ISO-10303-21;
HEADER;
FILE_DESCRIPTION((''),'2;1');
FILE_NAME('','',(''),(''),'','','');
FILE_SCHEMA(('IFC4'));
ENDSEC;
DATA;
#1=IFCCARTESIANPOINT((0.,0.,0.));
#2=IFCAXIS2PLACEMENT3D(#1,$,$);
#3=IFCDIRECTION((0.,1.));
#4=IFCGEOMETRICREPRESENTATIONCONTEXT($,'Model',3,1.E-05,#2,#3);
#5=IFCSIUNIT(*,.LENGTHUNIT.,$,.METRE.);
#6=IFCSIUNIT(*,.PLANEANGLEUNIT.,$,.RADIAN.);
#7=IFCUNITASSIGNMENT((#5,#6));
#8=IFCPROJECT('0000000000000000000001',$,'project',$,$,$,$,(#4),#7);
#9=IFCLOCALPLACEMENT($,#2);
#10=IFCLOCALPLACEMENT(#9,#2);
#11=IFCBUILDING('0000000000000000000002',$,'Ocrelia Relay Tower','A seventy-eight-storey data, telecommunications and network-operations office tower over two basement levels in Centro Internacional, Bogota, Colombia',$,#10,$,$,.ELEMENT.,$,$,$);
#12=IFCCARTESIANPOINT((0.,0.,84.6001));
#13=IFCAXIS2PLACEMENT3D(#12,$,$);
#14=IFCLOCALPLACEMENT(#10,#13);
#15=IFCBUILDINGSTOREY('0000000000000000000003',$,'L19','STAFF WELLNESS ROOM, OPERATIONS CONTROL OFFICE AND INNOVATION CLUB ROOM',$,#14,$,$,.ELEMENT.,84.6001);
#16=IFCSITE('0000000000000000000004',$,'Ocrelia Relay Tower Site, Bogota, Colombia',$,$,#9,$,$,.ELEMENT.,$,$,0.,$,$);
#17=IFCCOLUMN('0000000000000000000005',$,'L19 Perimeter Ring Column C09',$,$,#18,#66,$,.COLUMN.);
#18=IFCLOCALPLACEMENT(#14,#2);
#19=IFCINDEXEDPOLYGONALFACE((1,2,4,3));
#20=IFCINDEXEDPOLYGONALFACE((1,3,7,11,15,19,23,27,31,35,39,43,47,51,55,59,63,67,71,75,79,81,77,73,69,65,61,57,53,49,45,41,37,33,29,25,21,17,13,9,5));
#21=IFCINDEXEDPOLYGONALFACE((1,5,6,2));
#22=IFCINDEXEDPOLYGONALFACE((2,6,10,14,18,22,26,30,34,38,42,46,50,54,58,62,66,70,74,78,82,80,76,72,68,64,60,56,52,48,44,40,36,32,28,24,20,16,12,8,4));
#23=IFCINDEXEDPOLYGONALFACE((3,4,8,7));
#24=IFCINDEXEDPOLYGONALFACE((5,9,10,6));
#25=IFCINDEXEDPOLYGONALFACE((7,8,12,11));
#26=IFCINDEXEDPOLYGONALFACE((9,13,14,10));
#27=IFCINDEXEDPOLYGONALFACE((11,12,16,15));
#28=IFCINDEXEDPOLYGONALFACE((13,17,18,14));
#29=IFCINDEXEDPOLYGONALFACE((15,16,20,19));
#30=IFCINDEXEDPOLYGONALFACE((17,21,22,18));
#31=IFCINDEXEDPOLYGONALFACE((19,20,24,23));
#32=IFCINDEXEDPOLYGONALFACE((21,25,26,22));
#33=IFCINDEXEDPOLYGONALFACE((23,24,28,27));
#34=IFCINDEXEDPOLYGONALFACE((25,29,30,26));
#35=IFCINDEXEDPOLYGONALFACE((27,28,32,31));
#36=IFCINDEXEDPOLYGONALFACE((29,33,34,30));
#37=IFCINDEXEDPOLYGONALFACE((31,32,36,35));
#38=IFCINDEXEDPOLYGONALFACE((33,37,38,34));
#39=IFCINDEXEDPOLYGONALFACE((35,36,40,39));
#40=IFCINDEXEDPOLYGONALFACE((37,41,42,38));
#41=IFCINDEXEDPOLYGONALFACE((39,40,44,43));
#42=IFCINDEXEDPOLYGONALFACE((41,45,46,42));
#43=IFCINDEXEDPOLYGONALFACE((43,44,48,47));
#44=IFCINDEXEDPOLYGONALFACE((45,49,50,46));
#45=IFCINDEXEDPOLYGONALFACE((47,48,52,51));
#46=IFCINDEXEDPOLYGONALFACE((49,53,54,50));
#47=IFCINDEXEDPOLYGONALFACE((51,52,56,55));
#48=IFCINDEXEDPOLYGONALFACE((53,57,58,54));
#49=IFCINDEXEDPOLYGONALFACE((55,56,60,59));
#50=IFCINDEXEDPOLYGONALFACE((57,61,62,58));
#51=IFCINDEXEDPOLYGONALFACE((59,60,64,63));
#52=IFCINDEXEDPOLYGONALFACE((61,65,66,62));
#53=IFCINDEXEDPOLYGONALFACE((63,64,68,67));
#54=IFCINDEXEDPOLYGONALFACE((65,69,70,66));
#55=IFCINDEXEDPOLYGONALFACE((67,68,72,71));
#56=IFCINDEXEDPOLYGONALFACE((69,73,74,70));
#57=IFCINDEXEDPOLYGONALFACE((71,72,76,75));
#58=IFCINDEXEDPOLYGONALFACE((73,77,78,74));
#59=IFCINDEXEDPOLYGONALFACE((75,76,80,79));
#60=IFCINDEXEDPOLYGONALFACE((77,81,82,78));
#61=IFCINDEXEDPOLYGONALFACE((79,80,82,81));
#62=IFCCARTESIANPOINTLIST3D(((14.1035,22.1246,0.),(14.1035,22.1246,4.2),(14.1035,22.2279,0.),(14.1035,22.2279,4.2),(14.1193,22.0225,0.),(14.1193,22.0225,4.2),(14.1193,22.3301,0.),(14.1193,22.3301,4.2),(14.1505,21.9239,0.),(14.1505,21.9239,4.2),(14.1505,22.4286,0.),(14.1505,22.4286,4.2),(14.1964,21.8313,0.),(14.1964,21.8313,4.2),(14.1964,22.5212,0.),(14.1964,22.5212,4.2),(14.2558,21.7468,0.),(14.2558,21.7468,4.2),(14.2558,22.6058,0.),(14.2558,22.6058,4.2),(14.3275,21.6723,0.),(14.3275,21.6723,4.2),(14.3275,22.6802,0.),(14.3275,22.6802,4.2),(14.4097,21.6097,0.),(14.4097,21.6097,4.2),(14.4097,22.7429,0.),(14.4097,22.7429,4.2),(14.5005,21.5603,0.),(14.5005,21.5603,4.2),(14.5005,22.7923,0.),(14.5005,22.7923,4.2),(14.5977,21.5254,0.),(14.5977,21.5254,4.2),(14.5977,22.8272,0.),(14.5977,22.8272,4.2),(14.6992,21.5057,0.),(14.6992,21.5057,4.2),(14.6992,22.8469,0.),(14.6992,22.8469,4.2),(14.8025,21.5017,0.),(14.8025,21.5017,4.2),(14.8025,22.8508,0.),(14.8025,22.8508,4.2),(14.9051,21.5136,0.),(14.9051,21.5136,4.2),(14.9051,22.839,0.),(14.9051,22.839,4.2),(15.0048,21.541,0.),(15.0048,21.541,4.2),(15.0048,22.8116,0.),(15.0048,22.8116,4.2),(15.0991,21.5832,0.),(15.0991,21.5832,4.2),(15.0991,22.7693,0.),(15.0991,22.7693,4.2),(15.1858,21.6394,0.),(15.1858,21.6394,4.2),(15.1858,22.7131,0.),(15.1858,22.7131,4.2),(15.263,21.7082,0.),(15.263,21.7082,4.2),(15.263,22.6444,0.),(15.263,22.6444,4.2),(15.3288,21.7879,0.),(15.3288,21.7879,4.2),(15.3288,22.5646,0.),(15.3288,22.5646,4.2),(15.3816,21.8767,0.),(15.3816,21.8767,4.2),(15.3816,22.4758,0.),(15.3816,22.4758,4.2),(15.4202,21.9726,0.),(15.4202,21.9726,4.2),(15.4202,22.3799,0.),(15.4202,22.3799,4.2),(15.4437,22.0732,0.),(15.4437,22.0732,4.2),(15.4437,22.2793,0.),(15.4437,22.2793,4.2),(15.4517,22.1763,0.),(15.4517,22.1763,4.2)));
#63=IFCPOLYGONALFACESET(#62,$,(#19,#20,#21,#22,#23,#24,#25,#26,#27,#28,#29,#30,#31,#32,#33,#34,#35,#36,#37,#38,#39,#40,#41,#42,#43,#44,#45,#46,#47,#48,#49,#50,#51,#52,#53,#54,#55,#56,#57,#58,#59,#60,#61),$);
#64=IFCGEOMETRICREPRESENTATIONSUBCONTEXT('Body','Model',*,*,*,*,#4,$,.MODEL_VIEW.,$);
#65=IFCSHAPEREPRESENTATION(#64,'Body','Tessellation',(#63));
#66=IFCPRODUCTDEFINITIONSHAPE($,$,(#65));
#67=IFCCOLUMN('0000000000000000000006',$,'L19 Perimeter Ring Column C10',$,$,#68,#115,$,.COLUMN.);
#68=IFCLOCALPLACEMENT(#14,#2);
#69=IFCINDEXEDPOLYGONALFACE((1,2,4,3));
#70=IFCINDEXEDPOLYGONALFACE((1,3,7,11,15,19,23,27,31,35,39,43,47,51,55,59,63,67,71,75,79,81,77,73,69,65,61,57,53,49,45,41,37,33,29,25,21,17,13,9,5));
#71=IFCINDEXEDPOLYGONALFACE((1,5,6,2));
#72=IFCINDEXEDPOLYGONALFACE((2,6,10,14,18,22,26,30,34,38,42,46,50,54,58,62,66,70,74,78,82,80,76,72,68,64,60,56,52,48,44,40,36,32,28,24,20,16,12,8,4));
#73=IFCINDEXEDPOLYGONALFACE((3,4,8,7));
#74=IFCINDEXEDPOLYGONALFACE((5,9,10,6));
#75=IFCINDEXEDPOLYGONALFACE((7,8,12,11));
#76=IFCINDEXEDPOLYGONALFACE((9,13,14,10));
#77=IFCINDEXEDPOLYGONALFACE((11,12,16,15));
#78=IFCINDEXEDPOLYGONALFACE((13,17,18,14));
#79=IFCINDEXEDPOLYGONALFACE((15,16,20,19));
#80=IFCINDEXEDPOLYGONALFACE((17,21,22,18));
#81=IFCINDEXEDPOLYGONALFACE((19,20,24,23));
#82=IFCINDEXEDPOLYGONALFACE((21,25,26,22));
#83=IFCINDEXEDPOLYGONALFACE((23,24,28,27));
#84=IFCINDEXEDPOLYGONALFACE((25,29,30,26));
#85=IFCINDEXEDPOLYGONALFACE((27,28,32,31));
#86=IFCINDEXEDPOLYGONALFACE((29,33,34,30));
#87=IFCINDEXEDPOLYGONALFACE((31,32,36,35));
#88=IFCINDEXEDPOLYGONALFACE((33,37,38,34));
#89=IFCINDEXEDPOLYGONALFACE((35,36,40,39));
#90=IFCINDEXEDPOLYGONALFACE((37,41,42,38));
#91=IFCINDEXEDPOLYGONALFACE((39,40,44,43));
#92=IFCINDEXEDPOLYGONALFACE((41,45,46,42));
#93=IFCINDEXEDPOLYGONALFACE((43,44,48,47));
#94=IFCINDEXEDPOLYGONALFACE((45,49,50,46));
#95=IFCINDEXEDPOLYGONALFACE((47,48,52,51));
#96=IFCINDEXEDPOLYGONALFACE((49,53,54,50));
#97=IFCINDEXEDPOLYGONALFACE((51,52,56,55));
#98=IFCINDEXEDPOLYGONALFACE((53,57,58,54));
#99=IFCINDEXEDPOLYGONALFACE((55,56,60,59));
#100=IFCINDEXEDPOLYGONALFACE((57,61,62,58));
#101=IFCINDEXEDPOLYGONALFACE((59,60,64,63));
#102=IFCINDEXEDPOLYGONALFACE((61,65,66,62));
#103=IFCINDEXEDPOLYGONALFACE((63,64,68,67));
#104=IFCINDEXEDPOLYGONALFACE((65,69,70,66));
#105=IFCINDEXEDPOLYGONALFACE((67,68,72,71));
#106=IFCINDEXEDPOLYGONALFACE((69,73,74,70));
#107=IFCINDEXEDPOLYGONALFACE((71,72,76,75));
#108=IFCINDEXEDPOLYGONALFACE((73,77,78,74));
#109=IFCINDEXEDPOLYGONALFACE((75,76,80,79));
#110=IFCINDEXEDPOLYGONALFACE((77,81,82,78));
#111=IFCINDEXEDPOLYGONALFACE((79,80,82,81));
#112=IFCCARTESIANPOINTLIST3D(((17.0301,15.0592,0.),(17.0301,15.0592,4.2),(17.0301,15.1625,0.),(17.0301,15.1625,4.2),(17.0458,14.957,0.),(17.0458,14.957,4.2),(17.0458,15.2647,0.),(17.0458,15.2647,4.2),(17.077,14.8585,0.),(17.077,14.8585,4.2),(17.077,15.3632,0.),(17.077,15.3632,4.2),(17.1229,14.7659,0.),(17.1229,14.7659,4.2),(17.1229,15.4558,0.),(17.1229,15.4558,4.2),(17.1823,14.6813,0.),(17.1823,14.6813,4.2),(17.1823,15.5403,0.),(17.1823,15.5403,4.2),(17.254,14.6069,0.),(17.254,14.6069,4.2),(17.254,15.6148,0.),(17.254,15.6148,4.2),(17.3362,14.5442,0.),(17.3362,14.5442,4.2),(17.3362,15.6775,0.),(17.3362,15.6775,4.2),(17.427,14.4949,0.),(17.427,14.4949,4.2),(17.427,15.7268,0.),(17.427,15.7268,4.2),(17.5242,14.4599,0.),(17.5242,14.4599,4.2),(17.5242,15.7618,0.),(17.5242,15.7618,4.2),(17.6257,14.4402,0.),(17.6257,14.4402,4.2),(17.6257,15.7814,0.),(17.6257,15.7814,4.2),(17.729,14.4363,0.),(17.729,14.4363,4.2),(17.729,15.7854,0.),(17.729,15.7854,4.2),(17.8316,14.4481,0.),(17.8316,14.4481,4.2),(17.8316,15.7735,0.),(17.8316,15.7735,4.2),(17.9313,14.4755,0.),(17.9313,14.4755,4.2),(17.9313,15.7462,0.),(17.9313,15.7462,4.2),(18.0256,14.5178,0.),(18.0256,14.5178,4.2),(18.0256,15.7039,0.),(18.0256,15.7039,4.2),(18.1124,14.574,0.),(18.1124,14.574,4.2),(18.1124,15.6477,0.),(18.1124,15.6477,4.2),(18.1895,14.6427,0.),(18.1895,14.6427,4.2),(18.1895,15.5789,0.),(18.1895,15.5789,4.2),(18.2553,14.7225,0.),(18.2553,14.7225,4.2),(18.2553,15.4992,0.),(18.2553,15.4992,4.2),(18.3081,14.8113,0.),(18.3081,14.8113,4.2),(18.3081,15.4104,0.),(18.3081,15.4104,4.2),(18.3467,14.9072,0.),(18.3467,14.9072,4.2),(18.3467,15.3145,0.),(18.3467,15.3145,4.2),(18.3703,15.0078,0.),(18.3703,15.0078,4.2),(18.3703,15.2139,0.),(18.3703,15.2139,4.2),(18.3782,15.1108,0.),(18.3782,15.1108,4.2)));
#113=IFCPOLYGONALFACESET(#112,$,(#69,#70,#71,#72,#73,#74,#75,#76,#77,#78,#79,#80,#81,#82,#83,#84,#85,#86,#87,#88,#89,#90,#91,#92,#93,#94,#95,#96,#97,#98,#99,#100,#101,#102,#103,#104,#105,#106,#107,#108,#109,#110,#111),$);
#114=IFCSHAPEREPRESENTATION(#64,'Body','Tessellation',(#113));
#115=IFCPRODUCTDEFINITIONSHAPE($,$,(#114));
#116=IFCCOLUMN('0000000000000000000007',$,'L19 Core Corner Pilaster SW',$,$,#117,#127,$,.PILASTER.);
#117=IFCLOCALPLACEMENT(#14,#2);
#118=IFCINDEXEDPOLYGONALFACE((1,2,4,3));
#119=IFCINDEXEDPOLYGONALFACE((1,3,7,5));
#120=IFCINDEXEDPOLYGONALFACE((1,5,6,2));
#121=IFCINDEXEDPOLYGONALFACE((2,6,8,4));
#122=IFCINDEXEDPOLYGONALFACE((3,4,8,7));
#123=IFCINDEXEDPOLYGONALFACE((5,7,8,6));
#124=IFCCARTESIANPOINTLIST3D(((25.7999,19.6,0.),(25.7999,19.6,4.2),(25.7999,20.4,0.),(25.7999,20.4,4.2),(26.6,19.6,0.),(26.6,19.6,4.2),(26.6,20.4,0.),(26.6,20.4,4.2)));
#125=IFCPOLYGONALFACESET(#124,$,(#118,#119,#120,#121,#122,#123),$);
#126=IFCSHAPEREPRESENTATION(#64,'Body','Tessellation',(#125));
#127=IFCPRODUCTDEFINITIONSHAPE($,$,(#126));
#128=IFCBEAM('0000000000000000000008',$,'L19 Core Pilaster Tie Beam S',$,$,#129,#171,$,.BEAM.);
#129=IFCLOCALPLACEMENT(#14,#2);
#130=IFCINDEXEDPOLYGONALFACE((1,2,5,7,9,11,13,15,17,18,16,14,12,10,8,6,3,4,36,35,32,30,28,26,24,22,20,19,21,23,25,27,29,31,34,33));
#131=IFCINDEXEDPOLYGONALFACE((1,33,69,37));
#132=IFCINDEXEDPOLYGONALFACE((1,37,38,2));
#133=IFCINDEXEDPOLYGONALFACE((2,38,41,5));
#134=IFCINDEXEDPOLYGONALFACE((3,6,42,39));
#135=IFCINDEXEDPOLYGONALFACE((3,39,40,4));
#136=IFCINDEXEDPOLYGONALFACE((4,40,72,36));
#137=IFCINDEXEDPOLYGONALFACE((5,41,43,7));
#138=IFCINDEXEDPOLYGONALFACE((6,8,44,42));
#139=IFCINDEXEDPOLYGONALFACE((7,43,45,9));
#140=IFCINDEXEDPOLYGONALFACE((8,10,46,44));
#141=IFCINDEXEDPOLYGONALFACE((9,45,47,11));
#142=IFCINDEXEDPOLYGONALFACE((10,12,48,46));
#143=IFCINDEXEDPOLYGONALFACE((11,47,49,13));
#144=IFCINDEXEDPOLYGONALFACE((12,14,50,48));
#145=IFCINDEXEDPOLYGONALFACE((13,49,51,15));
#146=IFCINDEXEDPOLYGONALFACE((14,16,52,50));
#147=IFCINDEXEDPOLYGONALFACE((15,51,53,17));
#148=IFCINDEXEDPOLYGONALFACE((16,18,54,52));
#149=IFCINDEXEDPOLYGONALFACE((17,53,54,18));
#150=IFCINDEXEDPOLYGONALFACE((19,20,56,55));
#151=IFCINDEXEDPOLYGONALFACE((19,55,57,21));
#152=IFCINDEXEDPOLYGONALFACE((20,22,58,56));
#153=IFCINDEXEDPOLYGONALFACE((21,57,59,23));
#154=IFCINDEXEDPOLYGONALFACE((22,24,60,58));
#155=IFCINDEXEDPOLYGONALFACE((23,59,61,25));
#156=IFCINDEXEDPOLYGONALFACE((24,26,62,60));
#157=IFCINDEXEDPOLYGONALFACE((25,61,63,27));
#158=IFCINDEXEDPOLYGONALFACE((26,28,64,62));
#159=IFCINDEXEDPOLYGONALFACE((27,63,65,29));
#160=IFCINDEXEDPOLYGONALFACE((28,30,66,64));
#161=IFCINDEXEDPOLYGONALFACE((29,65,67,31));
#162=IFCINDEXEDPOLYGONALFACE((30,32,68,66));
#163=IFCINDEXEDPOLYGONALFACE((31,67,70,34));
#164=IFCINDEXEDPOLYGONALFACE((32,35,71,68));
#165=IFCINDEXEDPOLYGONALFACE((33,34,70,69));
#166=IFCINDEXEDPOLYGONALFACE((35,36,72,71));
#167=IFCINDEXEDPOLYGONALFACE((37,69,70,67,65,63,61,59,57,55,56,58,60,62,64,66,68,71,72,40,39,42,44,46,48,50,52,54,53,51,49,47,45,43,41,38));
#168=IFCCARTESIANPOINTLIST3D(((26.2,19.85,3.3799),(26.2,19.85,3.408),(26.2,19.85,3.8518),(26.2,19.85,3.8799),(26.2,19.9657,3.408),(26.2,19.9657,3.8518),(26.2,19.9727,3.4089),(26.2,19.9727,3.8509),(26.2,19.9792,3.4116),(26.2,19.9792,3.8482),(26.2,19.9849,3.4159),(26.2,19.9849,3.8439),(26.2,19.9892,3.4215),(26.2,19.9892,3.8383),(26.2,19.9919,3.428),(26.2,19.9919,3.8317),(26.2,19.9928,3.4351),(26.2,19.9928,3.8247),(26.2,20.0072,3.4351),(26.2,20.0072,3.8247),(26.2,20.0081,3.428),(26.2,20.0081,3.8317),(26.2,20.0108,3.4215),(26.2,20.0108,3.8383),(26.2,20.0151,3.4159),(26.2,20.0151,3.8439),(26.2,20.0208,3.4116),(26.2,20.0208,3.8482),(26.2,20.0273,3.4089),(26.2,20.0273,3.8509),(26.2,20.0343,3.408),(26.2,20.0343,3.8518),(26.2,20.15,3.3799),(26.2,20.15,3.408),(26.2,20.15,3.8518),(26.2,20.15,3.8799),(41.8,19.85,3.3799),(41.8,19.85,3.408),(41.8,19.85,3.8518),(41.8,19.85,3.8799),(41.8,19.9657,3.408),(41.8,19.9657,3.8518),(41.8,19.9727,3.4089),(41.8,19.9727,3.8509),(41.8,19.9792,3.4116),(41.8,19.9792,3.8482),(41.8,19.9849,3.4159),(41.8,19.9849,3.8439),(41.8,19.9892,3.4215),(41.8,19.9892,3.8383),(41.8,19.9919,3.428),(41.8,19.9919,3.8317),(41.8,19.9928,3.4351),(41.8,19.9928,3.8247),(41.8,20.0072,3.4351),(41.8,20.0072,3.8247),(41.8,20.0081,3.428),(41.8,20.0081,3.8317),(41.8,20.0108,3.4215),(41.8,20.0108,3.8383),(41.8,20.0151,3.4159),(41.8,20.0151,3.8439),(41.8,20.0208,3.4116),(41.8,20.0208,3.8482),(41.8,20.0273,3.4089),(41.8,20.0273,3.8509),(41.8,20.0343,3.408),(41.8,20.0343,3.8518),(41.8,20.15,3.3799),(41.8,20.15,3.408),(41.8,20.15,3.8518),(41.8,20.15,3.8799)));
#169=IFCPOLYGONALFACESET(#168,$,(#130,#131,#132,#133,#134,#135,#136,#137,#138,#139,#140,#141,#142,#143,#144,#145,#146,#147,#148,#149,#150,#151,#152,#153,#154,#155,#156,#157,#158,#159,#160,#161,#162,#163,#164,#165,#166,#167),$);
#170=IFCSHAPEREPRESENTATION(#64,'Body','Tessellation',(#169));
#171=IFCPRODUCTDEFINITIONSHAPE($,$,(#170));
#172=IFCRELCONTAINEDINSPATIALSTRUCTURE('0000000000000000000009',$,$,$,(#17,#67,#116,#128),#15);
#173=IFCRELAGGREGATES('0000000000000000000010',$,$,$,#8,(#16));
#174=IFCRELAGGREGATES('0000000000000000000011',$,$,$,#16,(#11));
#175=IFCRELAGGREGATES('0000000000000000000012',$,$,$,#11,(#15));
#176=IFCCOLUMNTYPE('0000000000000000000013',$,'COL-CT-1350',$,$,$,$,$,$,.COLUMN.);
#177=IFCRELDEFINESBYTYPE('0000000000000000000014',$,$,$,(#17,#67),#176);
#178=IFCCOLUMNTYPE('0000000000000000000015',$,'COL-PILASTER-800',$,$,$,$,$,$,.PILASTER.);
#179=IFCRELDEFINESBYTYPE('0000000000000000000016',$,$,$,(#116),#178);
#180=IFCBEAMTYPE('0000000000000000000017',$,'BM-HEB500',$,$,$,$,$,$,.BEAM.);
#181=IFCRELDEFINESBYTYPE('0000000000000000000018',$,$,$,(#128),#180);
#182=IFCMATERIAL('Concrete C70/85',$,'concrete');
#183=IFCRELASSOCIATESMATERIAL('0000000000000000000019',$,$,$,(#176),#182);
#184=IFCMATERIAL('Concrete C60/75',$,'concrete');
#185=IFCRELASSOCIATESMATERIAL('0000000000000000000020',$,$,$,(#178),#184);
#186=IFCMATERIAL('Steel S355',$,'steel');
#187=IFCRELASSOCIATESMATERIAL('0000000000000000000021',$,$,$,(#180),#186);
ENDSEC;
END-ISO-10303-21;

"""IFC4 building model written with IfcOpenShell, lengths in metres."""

from ifc_helpers import new_model, si_unit, direction, frame, origin, origin_2d, place, context, subcontext, project, spatial, rectangle, circle, i_section, extrude, material, material_profile, profile_set, type_object, element, save


model = new_model("IFC4")

# Units and contexts
model_context = context("Model", 3, precision=1e-05, world=origin(), true_north=direction((0.0, 1.0)))
body_context = subcontext(model_context, "Body", "Model", "MODEL_VIEW")
ifc_project = project(units=[si_unit("LENGTHUNIT", "METRE"), si_unit("PLANEANGLEUNIT", "RADIAN")], contexts=[model_context])

# Site, building, storey
site_placement = place(None, origin())
site = spatial("IfcSite", under=ifc_project, at=site_placement, Name="Ocrelia Relay Tower Site, Bogota, Colombia", CompositionType="ELEMENT", RefElevation=0.0)
building_placement = place(site_placement, origin())
building = spatial("IfcBuilding", under=site, at=building_placement, Name="Ocrelia Relay Tower", Description="A seventy-eight-storey data, telecommunications and network-operations office tower over two basement levels in Centro Internacional, Bogota, Colombia", CompositionType="ELEMENT")
storey_placement = place(building_placement, frame((0.0, 0.0, 84.6001)))
storey = spatial("IfcBuildingStorey", under=building, at=storey_placement, Name="L19", Description="STAFF WELLNESS ROOM, OPERATIONS CONTROL OFFICE AND INNOVATION CLUB ROOM", CompositionType="ELEMENT", Elevation=84.6001)

# Columns
ifc_material_1 = material(Name="Concrete C70/85", Category="concrete")
ifc_material_profile_1 = material_profile(ifc_material_1, circle(Radius=0.675, at=origin_2d()), Name="RC-CIR-1350")
ifc_profile_set_1 = profile_set([ifc_material_profile_1], Name="Concrete C70/85")
column_type_1 = type_object("IfcColumnType", Name="COL-CT-1350", PredefinedType="COLUMN", material=ifc_profile_set_1)
for number, where, z_axis, x_axis, name in (
    (1, (14.7766, 22.1763, 0.0), (0.0, 0.0, 1.0), (1.0, 0.0, 0.0), "L19 Perimeter Ring Column C09"),
    (2, (17.7031, 15.1108, 0.0), (0.0, 0.0, 1.0), (1.0, 0.0, 0.0), "L19 Perimeter Ring Column C10"),
):
    element("IfcColumn", number, at=place(storey_placement, frame(where, z_axis=z_axis, x_axis=x_axis)), inside=storey, type_object=column_type_1, Name=name, PredefinedType="COLUMN", context=body_context, shape_type="SweptSolid", body=[
        extrude(circle(Radius=0.675, at=origin_2d()), origin(), (0.0, 0.0, 1.0), 4.2),
    ])
ifc_material_2 = material(Name="Concrete C60/75", Category="concrete")
ifc_material_profile_2 = material_profile(ifc_material_2, rectangle(XDim=0.8, YDim=0.8, at=origin_2d()), Name="RC-COL-800x800")
ifc_profile_set_2 = profile_set([ifc_material_profile_2], Name="Concrete C60/75")
column_type_2 = type_object("IfcColumnType", Name="COL-PILASTER-800", PredefinedType="PILASTER", material=ifc_profile_set_2)
column_placement = place(storey_placement, frame((26.2, 20.0, 0.0), z_axis=(0.0, 0.0, 1.0), x_axis=(1.0, 0.0, 0.0)))
element("IfcColumn", 3, at=column_placement, inside=storey, type_object=column_type_2, Name="L19 Core Corner Pilaster SW", PredefinedType="PILASTER", context=body_context, shape_type="SweptSolid", body=[
    extrude(rectangle(XDim=0.8, YDim=0.8, at=origin_2d()), origin(), (0.0, 0.0, 1.0), 4.2),
])

# Beam
ifc_material_3 = material(Name="Steel S355", Category="steel")
ifc_material_profile_3 = material_profile(ifc_material_3, i_section(OverallWidth=0.3, OverallDepth=0.5, WebThickness=0.0144, FlangeThickness=0.0281, FilletRadius=0.0271, at=origin_2d()), Name="HEB 500")
ifc_profile_set_3 = profile_set([ifc_material_profile_3], Name="Steel S355")
beam_type_1 = type_object("IfcBeamType", Name="BM-HEB500", PredefinedType="BEAM", material=ifc_profile_set_3)
beam_1_placement = place(storey_placement, frame((26.2, 20.0, 3.6299), z_axis=(1.0, 0.0, 0.0), x_axis=(0.0, 1.0, 0.0)))
element("IfcBeam", 4, at=beam_1_placement, inside=storey, type_object=beam_type_1, Name="L19 Core Pilaster Tie Beam S", PredefinedType="BEAM", context=body_context, shape_type="SweptSolid", body=[
    extrude(i_section(OverallWidth=0.3, OverallDepth=0.5, WebThickness=0.0144, FlangeThickness=0.0281, FilletRadius=0.0271, at=origin_2d()), origin(), (0.0, 0.0, 1.0), 15.6001),
])

save(model, "model.ifc")
